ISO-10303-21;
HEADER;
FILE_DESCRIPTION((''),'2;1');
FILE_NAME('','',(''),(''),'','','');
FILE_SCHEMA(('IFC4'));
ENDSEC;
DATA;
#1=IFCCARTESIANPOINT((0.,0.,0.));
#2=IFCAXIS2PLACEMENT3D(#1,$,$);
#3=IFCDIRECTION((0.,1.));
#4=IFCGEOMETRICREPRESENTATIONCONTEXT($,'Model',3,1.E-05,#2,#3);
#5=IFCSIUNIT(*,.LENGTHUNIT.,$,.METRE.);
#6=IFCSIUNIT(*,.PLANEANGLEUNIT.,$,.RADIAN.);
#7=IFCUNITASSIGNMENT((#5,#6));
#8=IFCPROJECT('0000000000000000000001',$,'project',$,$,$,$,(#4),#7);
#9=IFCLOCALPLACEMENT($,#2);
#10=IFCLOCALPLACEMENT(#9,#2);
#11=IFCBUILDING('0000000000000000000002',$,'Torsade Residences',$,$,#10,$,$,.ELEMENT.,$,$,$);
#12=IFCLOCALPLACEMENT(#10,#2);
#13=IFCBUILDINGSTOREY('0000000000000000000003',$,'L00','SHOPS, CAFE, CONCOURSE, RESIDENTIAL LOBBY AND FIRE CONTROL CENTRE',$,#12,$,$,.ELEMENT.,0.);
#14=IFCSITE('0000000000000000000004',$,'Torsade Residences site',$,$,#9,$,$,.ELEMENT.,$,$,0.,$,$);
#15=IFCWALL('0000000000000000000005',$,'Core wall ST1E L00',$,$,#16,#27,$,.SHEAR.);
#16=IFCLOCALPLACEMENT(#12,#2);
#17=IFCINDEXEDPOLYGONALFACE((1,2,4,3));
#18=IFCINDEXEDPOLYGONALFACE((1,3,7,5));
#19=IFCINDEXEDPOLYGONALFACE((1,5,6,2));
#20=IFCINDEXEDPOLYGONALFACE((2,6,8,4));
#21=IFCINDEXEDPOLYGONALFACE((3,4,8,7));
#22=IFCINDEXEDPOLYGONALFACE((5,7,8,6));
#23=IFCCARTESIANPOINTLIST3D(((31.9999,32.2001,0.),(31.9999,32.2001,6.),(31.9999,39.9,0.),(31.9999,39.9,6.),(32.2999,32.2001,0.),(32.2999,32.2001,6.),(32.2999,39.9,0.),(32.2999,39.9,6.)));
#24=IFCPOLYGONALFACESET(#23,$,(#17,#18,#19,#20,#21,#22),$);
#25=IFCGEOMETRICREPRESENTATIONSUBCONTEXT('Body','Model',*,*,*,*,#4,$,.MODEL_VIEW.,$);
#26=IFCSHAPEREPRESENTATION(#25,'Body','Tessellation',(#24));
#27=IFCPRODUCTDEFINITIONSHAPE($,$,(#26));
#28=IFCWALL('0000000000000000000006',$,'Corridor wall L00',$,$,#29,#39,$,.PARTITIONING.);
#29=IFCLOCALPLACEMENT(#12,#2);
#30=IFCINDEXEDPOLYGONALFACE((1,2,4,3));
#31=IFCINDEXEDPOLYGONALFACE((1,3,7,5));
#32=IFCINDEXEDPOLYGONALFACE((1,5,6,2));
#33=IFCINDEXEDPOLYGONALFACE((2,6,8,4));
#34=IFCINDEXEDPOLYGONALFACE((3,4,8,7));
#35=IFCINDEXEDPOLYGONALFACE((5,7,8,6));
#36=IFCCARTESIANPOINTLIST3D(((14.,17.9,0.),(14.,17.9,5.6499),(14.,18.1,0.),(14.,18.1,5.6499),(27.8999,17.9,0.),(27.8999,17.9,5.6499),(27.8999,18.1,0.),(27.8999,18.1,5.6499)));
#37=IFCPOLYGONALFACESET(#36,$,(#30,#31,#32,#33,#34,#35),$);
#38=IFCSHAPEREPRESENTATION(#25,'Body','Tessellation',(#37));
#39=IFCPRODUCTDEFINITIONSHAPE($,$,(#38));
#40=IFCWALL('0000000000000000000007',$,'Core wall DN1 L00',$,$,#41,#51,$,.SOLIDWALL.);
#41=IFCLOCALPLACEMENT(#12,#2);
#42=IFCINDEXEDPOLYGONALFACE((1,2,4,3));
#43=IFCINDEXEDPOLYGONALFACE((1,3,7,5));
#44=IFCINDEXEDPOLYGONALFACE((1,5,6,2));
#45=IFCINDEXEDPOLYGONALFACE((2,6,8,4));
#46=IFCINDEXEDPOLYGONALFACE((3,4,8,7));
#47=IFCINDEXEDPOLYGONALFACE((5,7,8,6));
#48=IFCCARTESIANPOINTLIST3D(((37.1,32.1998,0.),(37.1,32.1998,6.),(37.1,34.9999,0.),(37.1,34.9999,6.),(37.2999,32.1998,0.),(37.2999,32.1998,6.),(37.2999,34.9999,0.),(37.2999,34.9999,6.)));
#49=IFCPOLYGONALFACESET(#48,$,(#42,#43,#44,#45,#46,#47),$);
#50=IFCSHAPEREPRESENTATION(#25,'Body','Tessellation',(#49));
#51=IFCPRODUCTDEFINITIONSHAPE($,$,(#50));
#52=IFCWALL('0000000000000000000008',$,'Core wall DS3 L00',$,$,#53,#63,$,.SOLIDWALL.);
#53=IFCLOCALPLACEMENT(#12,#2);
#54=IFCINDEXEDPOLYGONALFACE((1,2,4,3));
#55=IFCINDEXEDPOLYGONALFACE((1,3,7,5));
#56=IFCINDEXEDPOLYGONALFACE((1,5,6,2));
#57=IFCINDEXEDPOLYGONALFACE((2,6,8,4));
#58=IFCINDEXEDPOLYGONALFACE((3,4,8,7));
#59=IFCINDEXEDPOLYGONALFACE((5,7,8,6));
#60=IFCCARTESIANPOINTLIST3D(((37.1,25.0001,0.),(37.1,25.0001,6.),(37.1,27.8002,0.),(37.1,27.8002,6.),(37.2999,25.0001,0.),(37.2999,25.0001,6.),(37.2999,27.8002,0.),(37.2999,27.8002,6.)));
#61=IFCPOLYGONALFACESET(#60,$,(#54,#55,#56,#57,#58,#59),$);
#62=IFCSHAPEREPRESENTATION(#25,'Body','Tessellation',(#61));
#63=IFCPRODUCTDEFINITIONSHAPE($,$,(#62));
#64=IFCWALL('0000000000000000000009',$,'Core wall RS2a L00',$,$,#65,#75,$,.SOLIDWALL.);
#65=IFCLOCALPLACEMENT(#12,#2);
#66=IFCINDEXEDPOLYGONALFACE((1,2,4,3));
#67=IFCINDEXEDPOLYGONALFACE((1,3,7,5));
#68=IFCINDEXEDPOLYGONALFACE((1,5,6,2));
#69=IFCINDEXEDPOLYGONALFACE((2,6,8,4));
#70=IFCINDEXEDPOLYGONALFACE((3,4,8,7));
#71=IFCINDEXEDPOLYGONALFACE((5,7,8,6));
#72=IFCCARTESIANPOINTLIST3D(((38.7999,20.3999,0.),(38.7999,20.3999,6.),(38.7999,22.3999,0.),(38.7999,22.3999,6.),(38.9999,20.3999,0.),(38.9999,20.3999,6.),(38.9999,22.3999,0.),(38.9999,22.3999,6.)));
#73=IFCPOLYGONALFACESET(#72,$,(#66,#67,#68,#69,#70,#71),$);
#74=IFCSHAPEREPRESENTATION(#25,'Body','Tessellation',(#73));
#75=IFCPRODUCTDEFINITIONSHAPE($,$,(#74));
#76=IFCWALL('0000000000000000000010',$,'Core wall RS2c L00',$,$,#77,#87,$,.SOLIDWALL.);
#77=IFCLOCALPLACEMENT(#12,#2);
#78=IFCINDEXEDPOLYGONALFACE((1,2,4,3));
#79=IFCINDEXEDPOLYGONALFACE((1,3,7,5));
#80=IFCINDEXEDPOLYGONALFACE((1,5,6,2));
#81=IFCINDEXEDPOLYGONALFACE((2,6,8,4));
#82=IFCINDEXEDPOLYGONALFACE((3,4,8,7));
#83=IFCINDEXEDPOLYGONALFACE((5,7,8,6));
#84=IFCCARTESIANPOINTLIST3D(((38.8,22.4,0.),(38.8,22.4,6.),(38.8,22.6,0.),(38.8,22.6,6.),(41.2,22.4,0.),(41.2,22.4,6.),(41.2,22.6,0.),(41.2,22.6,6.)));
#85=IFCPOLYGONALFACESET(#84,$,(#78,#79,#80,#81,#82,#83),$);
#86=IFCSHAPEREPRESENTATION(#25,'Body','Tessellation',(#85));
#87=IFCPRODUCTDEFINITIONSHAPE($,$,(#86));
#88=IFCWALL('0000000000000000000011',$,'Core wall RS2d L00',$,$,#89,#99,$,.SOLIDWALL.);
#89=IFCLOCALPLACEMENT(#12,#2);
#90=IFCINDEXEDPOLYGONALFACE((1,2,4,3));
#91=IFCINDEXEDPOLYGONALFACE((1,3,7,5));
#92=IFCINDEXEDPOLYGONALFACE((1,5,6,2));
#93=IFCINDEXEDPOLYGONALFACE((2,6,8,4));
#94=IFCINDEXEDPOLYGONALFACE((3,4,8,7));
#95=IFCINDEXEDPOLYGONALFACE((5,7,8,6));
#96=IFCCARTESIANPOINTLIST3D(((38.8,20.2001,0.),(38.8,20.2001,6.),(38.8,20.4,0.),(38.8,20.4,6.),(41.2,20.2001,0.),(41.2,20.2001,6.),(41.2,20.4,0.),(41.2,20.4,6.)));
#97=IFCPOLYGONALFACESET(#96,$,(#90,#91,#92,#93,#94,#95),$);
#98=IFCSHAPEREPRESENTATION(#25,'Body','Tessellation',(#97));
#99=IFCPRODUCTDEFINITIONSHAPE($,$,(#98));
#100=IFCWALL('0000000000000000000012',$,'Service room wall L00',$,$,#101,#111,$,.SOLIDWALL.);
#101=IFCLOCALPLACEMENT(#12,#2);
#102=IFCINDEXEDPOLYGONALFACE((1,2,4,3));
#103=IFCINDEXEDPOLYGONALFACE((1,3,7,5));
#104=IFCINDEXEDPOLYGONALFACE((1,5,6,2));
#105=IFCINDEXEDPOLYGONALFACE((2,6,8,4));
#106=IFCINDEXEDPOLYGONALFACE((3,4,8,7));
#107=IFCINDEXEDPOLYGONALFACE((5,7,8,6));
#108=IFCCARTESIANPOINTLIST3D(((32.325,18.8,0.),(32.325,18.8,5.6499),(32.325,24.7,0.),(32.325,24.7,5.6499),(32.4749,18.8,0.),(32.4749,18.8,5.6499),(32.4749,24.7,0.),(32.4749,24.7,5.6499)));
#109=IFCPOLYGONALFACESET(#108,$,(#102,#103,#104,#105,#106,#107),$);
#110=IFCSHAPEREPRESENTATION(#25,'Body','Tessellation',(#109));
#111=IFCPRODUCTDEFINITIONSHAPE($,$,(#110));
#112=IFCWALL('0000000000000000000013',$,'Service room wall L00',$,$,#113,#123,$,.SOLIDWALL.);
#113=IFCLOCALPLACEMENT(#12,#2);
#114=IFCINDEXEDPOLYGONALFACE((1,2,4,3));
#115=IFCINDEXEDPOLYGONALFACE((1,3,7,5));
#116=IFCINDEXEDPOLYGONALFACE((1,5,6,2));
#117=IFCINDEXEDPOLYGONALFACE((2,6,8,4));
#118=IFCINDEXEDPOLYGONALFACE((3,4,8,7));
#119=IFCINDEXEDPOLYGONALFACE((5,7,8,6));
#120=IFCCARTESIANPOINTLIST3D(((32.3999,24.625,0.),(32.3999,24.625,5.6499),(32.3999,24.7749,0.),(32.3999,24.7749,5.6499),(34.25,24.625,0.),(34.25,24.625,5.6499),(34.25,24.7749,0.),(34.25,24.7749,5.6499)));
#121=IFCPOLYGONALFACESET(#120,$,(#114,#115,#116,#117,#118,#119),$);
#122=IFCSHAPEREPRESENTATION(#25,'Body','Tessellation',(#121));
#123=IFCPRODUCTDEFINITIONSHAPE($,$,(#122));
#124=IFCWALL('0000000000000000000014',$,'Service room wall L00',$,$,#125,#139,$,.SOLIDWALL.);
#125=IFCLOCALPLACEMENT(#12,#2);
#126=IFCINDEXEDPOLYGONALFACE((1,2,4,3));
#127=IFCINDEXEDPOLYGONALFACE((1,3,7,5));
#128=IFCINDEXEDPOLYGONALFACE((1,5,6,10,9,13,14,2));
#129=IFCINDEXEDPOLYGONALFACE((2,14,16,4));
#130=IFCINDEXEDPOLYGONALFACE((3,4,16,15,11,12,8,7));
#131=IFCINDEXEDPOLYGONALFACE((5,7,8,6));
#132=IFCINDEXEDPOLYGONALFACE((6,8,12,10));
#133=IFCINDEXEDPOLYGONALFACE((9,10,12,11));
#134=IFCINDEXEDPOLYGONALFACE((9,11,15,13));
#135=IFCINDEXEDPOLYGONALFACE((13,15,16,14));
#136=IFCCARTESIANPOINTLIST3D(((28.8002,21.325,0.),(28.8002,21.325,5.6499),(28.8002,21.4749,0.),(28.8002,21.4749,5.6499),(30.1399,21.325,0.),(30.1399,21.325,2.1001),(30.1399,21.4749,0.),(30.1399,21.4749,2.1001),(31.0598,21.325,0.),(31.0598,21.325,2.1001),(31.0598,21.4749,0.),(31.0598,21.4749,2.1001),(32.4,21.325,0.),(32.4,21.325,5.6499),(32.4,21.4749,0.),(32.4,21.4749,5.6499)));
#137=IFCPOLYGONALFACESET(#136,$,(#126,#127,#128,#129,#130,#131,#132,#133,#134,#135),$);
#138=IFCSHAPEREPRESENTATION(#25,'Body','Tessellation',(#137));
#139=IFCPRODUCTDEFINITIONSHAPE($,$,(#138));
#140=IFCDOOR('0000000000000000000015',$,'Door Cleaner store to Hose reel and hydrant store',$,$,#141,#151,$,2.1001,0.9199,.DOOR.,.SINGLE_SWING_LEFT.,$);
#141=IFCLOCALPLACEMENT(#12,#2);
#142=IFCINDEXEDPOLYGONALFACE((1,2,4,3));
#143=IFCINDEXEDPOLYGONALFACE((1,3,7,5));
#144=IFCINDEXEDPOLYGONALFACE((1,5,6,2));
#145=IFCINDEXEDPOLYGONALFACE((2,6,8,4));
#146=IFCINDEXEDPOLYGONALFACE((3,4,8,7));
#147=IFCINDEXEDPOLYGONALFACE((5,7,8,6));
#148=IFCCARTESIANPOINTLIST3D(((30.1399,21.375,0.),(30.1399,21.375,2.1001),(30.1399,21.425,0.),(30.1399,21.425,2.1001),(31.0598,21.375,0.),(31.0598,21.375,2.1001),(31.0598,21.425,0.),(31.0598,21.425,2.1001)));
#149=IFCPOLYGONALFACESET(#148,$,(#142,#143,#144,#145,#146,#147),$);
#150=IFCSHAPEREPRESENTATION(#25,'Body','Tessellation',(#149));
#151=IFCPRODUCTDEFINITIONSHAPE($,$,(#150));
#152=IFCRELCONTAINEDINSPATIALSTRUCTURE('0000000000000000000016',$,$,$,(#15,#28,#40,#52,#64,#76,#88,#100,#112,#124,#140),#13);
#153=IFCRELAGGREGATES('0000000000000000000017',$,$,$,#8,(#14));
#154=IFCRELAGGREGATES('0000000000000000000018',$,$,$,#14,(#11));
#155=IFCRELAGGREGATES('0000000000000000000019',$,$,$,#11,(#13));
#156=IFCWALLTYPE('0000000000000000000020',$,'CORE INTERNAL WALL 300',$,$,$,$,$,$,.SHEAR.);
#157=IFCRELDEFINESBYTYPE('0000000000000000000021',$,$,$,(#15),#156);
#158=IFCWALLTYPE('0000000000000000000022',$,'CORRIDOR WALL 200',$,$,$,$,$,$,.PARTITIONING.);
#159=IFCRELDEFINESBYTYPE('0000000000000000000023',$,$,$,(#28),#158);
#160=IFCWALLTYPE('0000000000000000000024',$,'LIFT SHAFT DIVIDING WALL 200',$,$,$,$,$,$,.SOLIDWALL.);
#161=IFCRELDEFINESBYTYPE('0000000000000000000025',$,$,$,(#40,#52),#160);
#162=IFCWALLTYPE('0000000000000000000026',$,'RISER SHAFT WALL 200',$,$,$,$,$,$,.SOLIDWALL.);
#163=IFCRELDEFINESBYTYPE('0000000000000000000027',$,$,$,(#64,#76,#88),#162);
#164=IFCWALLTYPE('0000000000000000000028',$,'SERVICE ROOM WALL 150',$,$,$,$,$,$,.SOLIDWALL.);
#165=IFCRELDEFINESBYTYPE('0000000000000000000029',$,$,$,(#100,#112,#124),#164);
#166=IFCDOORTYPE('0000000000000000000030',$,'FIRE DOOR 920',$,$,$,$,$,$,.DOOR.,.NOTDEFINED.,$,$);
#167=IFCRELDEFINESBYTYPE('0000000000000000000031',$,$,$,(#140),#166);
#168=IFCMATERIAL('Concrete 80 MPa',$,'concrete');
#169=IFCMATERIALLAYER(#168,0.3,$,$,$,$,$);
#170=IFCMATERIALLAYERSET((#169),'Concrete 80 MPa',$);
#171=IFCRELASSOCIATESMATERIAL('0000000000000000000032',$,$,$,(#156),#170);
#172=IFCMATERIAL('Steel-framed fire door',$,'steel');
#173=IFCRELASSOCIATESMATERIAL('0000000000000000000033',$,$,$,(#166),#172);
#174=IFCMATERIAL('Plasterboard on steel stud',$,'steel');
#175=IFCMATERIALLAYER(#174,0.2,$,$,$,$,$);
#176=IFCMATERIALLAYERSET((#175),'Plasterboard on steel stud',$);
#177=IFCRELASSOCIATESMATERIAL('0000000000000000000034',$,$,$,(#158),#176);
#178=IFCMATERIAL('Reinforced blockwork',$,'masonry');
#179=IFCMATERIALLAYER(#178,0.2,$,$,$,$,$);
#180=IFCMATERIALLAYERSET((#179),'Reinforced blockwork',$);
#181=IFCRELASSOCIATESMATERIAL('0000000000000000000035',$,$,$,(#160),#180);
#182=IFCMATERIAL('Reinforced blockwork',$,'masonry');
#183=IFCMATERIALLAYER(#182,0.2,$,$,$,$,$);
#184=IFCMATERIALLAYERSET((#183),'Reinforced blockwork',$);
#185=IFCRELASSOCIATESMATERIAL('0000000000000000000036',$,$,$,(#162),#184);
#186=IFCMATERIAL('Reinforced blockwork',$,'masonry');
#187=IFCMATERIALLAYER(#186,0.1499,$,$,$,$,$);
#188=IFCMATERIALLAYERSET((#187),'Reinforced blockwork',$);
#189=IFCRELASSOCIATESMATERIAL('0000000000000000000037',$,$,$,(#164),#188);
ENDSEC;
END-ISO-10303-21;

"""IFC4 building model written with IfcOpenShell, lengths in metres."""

from ifc_helpers import new_model, si_unit, direction, frame, frame_2d, origin, place, context, subcontext, project, spatial, rectangle, extrude, material, layer, layer_set, type_object, element, fill, save


model = new_model("IFC4")

# Units and contexts
model_context = context("Model", 3, precision=1e-05, world=origin(), true_north=direction((0.0, 1.0)))
body_context = subcontext(model_context, "Body", "Model", "MODEL_VIEW")
ifc_project = project(units=[si_unit("LENGTHUNIT", "METRE"), si_unit("PLANEANGLEUNIT", "RADIAN")], contexts=[model_context])

# Site, building, storey
site_placement = place(None, origin())
site = spatial("IfcSite", under=ifc_project, at=site_placement, Name="Torsade Residences site", CompositionType="ELEMENT", RefElevation=0.0)
building_placement = place(site_placement, origin())
building = spatial("IfcBuilding", under=site, at=building_placement, Name="Torsade Residences", CompositionType="ELEMENT")
storey_placement = place(building_placement, origin())
storey = spatial("IfcBuildingStorey", under=building, at=storey_placement, Name="L00", Description="SHOPS, CAFE, CONCOURSE, RESIDENTIAL LOBBY AND FIRE CONTROL CENTRE", CompositionType="ELEMENT", Elevation=0.0)

# Shared definitions
ifc_material_1 = material(Name="Concrete 80 MPa", Category="concrete")
ifc_layer_1 = layer(ifc_material_1, 0.3)
ifc_layer_set_1 = layer_set([ifc_layer_1], Name="Concrete 80 MPa")
wall_type_1 = type_object("IfcWallType", Name="CORE INTERNAL WALL 300", PredefinedType="SHEAR", material=ifc_layer_set_1)
ifc_material_2 = material(Name="Steel-framed fire door", Category="steel")
door_type_1 = type_object("IfcDoorType", Name="FIRE DOOR 920", OperationType="NOTDEFINED", PredefinedType="DOOR", material=ifc_material_2)

# Walls
wall_1_placement = place(storey_placement, frame((32.1499, 32.2, 0.0), z_axis=(0.0, 0.0, 1.0), x_axis=(0.0, 1.0, 0.0)))
element("IfcWall", 1, at=wall_1_placement, inside=storey, type_object=wall_type_1, Name="Core wall ST1E L00", PredefinedType="SHEAR", context=body_context, shape_type="SweptSolid", body=[
    extrude(rectangle(XDim=7.7, YDim=0.3, at=frame_2d((3.8501, 0.0))), origin(), (0.0, 0.0, 1.0), 6.0),
])
ifc_material_3 = material(Name="Plasterboard on steel stud", Category="steel")
ifc_layer_2 = layer(ifc_material_3, 0.2)
ifc_layer_set_2 = layer_set([ifc_layer_2], Name="Plasterboard on steel stud")
wall_type_2 = type_object("IfcWallType", Name="CORRIDOR WALL 200", PredefinedType="PARTITIONING", material=ifc_layer_set_2)
wall_2_placement = place(storey_placement, frame((27.8999, 18.0, 0.0), z_axis=(0.0, 0.0, 1.0), x_axis=(-1.0, 0.0, 0.0)))
element("IfcWall", 2, at=wall_2_placement, inside=storey, type_object=wall_type_2, Name="Corridor wall L00", PredefinedType="PARTITIONING", context=body_context, shape_type="SweptSolid", body=[
    extrude(rectangle(XDim=13.8999, YDim=0.2, at=frame_2d((6.95, 0.0))), origin(), (0.0, 0.0, 1.0), 5.6499),
])
ifc_material_4 = material(Name="Reinforced blockwork", Category="masonry")
ifc_layer_3 = layer(ifc_material_4, 0.2)
ifc_layer_set_3 = layer_set([ifc_layer_3], Name="Reinforced blockwork")
wall_type_3 = type_object("IfcWallType", Name="LIFT SHAFT DIVIDING WALL 200", PredefinedType="SOLIDWALL", material=ifc_layer_set_3)
for number, where, z_axis, x_axis, name in (
    (3, (37.2, 32.2, 0.0), (0.0, 0.0, 1.0), (0.0, 1.0, 0.0), "Core wall DN1 L00"),
    (4, (37.2, 27.8, 0.0), (0.0, 0.0, 1.0), (0.0, -1.0, 0.0), "Core wall DS3 L00"),
):
    element("IfcWall", number, at=place(storey_placement, frame(where, z_axis=z_axis, x_axis=x_axis)), inside=storey, type_object=wall_type_3, Name=name, PredefinedType="SOLIDWALL", context=body_context, shape_type="SweptSolid", body=[
        extrude(rectangle(XDim=2.8, YDim=0.2, at=frame_2d((1.3999, 0.0))), origin(), (0.0, 0.0, 1.0), 6.0),
    ])
ifc_material_5 = material(Name="Reinforced blockwork", Category="masonry")
ifc_layer_4 = layer(ifc_material_5, 0.2)
ifc_layer_set_4 = layer_set([ifc_layer_4], Name="Reinforced blockwork")
wall_type_4 = type_object("IfcWallType", Name="RISER SHAFT WALL 200", PredefinedType="SOLIDWALL", material=ifc_layer_set_4)
wall_3_placement = place(storey_placement, frame((38.8999, 22.3999, 0.0), z_axis=(0.0, 0.0, 1.0), x_axis=(0.0, -1.0, 0.0)))
element("IfcWall", 5, at=wall_3_placement, inside=storey, type_object=wall_type_4, Name="Core wall RS2a L00", PredefinedType="SOLIDWALL", context=body_context, shape_type="SweptSolid", body=[
    extrude(rectangle(XDim=2.0, YDim=0.2, at=frame_2d((1.0, 0.0))), origin(), (0.0, 0.0, 1.0), 6.0),
])
for number, where, z_axis, x_axis, name in (
    (6, (38.8, 22.5, 0.0), (0.0, 0.0, 1.0), (1.0, 0.0, 0.0), "Core wall RS2c L00"),
    (7, (38.8, 20.3, 0.0), (0.0, 0.0, 1.0), (1.0, 0.0, 0.0), "Core wall RS2d L00"),
):
    element("IfcWall", number, at=place(storey_placement, frame(where, z_axis=z_axis, x_axis=x_axis)), inside=storey, type_object=wall_type_4, Name=name, PredefinedType="SOLIDWALL", context=body_context, shape_type="SweptSolid", body=[
        extrude(rectangle(XDim=2.3999, YDim=0.2, at=frame_2d((1.2, 0.0))), origin(), (0.0, 0.0, 1.0), 6.0),
    ])
ifc_material_6 = material(Name="Reinforced blockwork", Category="masonry")
ifc_layer_5 = layer(ifc_material_6, 0.1499)
ifc_layer_set_5 = layer_set([ifc_layer_5], Name="Reinforced blockwork")
wall_type_5 = type_object("IfcWallType", Name="SERVICE ROOM WALL 150", PredefinedType="SOLIDWALL", material=ifc_layer_set_5)
wall_4_placement = place(storey_placement, frame((32.3999, 18.8, 0.0), z_axis=(0.0, 0.0, 1.0), x_axis=(0.0, 1.0, 0.0)))
element("IfcWall", 8, at=wall_4_placement, inside=storey, type_object=wall_type_5, Name="Service room wall L00", PredefinedType="SOLIDWALL", context=body_context, shape_type="SweptSolid", body=[
    extrude(rectangle(XDim=5.8999, YDim=0.1499, at=frame_2d((2.95, 0.0))), origin(), (0.0, 0.0, 1.0), 5.6499),
])
wall_5_placement = place(storey_placement, frame((32.3999, 24.7, 0.0), z_axis=(0.0, 0.0, 1.0), x_axis=(1.0, 0.0, 0.0)))
element("IfcWall", 9, at=wall_5_placement, inside=storey, type_object=wall_type_5, Name="Service room wall L00", PredefinedType="SOLIDWALL", context=body_context, shape_type="SweptSolid", body=[
    extrude(rectangle(XDim=1.8501, YDim=0.1499, at=frame_2d((0.925, 0.0))), origin(), (0.0, 0.0, 1.0), 5.6499),
])

# Wall, opening, door
wall_6_placement = place(storey_placement, frame((32.3999, 21.3999, 0.0), z_axis=(0.0, 0.0, 1.0), x_axis=(-1.0, 0.0, 0.0)))
wall_6 = element("IfcWall", 10, at=wall_6_placement, inside=storey, type_object=wall_type_5, Name="Service room wall L00", PredefinedType="SOLIDWALL", context=body_context, shape_type="SweptSolid", body=[
    extrude(rectangle(XDim=3.5999, YDim=0.1499, at=frame_2d((1.7998, 0.0))), origin(), (0.0, 0.0, 1.0), 5.6499),
])
opening_1_placement = place(wall_6_placement, frame((1.3401, 0.0, 0.0)))
opening_1 = element("IfcOpeningElement", 11, at=opening_1_placement, cuts=wall_6, PredefinedType="OPENING", context=body_context, shape_type="SweptSolid", body=[
    extrude(rectangle(XDim=0.9199, YDim=2.1001, at=frame_2d((0.46, 1.05))), frame((0.0, 0.085, 0.0), z_axis=(0.0, -1.0, 0.0), x_axis=(1.0, 0.0, 0.0)), (0.0, 0.0, 1.0), 0.1699),
])
door_1_placement = place(opening_1_placement, origin())
door_1 = element("IfcDoor", 12, at=door_1_placement, inside=storey, type_object=door_type_1, Name="Door Cleaner store to Hose reel and hydrant store", OperationType="SINGLE_SWING_LEFT", OverallHeight=2.1001, OverallWidth=0.9199, PredefinedType="DOOR", context=body_context, shape_type="SweptSolid", body=[
    extrude(rectangle(XDim=0.9199, YDim=2.1001, at=frame_2d((0.46, 1.05))), frame((0.0, 0.0249, 0.0), z_axis=(0.0, -1.0, 0.0), x_axis=(1.0, 0.0, 0.0)), (0.0, 0.0, 1.0), 0.05),
])
fill(opening_1, door_1)

save(model, "model.ifc")
